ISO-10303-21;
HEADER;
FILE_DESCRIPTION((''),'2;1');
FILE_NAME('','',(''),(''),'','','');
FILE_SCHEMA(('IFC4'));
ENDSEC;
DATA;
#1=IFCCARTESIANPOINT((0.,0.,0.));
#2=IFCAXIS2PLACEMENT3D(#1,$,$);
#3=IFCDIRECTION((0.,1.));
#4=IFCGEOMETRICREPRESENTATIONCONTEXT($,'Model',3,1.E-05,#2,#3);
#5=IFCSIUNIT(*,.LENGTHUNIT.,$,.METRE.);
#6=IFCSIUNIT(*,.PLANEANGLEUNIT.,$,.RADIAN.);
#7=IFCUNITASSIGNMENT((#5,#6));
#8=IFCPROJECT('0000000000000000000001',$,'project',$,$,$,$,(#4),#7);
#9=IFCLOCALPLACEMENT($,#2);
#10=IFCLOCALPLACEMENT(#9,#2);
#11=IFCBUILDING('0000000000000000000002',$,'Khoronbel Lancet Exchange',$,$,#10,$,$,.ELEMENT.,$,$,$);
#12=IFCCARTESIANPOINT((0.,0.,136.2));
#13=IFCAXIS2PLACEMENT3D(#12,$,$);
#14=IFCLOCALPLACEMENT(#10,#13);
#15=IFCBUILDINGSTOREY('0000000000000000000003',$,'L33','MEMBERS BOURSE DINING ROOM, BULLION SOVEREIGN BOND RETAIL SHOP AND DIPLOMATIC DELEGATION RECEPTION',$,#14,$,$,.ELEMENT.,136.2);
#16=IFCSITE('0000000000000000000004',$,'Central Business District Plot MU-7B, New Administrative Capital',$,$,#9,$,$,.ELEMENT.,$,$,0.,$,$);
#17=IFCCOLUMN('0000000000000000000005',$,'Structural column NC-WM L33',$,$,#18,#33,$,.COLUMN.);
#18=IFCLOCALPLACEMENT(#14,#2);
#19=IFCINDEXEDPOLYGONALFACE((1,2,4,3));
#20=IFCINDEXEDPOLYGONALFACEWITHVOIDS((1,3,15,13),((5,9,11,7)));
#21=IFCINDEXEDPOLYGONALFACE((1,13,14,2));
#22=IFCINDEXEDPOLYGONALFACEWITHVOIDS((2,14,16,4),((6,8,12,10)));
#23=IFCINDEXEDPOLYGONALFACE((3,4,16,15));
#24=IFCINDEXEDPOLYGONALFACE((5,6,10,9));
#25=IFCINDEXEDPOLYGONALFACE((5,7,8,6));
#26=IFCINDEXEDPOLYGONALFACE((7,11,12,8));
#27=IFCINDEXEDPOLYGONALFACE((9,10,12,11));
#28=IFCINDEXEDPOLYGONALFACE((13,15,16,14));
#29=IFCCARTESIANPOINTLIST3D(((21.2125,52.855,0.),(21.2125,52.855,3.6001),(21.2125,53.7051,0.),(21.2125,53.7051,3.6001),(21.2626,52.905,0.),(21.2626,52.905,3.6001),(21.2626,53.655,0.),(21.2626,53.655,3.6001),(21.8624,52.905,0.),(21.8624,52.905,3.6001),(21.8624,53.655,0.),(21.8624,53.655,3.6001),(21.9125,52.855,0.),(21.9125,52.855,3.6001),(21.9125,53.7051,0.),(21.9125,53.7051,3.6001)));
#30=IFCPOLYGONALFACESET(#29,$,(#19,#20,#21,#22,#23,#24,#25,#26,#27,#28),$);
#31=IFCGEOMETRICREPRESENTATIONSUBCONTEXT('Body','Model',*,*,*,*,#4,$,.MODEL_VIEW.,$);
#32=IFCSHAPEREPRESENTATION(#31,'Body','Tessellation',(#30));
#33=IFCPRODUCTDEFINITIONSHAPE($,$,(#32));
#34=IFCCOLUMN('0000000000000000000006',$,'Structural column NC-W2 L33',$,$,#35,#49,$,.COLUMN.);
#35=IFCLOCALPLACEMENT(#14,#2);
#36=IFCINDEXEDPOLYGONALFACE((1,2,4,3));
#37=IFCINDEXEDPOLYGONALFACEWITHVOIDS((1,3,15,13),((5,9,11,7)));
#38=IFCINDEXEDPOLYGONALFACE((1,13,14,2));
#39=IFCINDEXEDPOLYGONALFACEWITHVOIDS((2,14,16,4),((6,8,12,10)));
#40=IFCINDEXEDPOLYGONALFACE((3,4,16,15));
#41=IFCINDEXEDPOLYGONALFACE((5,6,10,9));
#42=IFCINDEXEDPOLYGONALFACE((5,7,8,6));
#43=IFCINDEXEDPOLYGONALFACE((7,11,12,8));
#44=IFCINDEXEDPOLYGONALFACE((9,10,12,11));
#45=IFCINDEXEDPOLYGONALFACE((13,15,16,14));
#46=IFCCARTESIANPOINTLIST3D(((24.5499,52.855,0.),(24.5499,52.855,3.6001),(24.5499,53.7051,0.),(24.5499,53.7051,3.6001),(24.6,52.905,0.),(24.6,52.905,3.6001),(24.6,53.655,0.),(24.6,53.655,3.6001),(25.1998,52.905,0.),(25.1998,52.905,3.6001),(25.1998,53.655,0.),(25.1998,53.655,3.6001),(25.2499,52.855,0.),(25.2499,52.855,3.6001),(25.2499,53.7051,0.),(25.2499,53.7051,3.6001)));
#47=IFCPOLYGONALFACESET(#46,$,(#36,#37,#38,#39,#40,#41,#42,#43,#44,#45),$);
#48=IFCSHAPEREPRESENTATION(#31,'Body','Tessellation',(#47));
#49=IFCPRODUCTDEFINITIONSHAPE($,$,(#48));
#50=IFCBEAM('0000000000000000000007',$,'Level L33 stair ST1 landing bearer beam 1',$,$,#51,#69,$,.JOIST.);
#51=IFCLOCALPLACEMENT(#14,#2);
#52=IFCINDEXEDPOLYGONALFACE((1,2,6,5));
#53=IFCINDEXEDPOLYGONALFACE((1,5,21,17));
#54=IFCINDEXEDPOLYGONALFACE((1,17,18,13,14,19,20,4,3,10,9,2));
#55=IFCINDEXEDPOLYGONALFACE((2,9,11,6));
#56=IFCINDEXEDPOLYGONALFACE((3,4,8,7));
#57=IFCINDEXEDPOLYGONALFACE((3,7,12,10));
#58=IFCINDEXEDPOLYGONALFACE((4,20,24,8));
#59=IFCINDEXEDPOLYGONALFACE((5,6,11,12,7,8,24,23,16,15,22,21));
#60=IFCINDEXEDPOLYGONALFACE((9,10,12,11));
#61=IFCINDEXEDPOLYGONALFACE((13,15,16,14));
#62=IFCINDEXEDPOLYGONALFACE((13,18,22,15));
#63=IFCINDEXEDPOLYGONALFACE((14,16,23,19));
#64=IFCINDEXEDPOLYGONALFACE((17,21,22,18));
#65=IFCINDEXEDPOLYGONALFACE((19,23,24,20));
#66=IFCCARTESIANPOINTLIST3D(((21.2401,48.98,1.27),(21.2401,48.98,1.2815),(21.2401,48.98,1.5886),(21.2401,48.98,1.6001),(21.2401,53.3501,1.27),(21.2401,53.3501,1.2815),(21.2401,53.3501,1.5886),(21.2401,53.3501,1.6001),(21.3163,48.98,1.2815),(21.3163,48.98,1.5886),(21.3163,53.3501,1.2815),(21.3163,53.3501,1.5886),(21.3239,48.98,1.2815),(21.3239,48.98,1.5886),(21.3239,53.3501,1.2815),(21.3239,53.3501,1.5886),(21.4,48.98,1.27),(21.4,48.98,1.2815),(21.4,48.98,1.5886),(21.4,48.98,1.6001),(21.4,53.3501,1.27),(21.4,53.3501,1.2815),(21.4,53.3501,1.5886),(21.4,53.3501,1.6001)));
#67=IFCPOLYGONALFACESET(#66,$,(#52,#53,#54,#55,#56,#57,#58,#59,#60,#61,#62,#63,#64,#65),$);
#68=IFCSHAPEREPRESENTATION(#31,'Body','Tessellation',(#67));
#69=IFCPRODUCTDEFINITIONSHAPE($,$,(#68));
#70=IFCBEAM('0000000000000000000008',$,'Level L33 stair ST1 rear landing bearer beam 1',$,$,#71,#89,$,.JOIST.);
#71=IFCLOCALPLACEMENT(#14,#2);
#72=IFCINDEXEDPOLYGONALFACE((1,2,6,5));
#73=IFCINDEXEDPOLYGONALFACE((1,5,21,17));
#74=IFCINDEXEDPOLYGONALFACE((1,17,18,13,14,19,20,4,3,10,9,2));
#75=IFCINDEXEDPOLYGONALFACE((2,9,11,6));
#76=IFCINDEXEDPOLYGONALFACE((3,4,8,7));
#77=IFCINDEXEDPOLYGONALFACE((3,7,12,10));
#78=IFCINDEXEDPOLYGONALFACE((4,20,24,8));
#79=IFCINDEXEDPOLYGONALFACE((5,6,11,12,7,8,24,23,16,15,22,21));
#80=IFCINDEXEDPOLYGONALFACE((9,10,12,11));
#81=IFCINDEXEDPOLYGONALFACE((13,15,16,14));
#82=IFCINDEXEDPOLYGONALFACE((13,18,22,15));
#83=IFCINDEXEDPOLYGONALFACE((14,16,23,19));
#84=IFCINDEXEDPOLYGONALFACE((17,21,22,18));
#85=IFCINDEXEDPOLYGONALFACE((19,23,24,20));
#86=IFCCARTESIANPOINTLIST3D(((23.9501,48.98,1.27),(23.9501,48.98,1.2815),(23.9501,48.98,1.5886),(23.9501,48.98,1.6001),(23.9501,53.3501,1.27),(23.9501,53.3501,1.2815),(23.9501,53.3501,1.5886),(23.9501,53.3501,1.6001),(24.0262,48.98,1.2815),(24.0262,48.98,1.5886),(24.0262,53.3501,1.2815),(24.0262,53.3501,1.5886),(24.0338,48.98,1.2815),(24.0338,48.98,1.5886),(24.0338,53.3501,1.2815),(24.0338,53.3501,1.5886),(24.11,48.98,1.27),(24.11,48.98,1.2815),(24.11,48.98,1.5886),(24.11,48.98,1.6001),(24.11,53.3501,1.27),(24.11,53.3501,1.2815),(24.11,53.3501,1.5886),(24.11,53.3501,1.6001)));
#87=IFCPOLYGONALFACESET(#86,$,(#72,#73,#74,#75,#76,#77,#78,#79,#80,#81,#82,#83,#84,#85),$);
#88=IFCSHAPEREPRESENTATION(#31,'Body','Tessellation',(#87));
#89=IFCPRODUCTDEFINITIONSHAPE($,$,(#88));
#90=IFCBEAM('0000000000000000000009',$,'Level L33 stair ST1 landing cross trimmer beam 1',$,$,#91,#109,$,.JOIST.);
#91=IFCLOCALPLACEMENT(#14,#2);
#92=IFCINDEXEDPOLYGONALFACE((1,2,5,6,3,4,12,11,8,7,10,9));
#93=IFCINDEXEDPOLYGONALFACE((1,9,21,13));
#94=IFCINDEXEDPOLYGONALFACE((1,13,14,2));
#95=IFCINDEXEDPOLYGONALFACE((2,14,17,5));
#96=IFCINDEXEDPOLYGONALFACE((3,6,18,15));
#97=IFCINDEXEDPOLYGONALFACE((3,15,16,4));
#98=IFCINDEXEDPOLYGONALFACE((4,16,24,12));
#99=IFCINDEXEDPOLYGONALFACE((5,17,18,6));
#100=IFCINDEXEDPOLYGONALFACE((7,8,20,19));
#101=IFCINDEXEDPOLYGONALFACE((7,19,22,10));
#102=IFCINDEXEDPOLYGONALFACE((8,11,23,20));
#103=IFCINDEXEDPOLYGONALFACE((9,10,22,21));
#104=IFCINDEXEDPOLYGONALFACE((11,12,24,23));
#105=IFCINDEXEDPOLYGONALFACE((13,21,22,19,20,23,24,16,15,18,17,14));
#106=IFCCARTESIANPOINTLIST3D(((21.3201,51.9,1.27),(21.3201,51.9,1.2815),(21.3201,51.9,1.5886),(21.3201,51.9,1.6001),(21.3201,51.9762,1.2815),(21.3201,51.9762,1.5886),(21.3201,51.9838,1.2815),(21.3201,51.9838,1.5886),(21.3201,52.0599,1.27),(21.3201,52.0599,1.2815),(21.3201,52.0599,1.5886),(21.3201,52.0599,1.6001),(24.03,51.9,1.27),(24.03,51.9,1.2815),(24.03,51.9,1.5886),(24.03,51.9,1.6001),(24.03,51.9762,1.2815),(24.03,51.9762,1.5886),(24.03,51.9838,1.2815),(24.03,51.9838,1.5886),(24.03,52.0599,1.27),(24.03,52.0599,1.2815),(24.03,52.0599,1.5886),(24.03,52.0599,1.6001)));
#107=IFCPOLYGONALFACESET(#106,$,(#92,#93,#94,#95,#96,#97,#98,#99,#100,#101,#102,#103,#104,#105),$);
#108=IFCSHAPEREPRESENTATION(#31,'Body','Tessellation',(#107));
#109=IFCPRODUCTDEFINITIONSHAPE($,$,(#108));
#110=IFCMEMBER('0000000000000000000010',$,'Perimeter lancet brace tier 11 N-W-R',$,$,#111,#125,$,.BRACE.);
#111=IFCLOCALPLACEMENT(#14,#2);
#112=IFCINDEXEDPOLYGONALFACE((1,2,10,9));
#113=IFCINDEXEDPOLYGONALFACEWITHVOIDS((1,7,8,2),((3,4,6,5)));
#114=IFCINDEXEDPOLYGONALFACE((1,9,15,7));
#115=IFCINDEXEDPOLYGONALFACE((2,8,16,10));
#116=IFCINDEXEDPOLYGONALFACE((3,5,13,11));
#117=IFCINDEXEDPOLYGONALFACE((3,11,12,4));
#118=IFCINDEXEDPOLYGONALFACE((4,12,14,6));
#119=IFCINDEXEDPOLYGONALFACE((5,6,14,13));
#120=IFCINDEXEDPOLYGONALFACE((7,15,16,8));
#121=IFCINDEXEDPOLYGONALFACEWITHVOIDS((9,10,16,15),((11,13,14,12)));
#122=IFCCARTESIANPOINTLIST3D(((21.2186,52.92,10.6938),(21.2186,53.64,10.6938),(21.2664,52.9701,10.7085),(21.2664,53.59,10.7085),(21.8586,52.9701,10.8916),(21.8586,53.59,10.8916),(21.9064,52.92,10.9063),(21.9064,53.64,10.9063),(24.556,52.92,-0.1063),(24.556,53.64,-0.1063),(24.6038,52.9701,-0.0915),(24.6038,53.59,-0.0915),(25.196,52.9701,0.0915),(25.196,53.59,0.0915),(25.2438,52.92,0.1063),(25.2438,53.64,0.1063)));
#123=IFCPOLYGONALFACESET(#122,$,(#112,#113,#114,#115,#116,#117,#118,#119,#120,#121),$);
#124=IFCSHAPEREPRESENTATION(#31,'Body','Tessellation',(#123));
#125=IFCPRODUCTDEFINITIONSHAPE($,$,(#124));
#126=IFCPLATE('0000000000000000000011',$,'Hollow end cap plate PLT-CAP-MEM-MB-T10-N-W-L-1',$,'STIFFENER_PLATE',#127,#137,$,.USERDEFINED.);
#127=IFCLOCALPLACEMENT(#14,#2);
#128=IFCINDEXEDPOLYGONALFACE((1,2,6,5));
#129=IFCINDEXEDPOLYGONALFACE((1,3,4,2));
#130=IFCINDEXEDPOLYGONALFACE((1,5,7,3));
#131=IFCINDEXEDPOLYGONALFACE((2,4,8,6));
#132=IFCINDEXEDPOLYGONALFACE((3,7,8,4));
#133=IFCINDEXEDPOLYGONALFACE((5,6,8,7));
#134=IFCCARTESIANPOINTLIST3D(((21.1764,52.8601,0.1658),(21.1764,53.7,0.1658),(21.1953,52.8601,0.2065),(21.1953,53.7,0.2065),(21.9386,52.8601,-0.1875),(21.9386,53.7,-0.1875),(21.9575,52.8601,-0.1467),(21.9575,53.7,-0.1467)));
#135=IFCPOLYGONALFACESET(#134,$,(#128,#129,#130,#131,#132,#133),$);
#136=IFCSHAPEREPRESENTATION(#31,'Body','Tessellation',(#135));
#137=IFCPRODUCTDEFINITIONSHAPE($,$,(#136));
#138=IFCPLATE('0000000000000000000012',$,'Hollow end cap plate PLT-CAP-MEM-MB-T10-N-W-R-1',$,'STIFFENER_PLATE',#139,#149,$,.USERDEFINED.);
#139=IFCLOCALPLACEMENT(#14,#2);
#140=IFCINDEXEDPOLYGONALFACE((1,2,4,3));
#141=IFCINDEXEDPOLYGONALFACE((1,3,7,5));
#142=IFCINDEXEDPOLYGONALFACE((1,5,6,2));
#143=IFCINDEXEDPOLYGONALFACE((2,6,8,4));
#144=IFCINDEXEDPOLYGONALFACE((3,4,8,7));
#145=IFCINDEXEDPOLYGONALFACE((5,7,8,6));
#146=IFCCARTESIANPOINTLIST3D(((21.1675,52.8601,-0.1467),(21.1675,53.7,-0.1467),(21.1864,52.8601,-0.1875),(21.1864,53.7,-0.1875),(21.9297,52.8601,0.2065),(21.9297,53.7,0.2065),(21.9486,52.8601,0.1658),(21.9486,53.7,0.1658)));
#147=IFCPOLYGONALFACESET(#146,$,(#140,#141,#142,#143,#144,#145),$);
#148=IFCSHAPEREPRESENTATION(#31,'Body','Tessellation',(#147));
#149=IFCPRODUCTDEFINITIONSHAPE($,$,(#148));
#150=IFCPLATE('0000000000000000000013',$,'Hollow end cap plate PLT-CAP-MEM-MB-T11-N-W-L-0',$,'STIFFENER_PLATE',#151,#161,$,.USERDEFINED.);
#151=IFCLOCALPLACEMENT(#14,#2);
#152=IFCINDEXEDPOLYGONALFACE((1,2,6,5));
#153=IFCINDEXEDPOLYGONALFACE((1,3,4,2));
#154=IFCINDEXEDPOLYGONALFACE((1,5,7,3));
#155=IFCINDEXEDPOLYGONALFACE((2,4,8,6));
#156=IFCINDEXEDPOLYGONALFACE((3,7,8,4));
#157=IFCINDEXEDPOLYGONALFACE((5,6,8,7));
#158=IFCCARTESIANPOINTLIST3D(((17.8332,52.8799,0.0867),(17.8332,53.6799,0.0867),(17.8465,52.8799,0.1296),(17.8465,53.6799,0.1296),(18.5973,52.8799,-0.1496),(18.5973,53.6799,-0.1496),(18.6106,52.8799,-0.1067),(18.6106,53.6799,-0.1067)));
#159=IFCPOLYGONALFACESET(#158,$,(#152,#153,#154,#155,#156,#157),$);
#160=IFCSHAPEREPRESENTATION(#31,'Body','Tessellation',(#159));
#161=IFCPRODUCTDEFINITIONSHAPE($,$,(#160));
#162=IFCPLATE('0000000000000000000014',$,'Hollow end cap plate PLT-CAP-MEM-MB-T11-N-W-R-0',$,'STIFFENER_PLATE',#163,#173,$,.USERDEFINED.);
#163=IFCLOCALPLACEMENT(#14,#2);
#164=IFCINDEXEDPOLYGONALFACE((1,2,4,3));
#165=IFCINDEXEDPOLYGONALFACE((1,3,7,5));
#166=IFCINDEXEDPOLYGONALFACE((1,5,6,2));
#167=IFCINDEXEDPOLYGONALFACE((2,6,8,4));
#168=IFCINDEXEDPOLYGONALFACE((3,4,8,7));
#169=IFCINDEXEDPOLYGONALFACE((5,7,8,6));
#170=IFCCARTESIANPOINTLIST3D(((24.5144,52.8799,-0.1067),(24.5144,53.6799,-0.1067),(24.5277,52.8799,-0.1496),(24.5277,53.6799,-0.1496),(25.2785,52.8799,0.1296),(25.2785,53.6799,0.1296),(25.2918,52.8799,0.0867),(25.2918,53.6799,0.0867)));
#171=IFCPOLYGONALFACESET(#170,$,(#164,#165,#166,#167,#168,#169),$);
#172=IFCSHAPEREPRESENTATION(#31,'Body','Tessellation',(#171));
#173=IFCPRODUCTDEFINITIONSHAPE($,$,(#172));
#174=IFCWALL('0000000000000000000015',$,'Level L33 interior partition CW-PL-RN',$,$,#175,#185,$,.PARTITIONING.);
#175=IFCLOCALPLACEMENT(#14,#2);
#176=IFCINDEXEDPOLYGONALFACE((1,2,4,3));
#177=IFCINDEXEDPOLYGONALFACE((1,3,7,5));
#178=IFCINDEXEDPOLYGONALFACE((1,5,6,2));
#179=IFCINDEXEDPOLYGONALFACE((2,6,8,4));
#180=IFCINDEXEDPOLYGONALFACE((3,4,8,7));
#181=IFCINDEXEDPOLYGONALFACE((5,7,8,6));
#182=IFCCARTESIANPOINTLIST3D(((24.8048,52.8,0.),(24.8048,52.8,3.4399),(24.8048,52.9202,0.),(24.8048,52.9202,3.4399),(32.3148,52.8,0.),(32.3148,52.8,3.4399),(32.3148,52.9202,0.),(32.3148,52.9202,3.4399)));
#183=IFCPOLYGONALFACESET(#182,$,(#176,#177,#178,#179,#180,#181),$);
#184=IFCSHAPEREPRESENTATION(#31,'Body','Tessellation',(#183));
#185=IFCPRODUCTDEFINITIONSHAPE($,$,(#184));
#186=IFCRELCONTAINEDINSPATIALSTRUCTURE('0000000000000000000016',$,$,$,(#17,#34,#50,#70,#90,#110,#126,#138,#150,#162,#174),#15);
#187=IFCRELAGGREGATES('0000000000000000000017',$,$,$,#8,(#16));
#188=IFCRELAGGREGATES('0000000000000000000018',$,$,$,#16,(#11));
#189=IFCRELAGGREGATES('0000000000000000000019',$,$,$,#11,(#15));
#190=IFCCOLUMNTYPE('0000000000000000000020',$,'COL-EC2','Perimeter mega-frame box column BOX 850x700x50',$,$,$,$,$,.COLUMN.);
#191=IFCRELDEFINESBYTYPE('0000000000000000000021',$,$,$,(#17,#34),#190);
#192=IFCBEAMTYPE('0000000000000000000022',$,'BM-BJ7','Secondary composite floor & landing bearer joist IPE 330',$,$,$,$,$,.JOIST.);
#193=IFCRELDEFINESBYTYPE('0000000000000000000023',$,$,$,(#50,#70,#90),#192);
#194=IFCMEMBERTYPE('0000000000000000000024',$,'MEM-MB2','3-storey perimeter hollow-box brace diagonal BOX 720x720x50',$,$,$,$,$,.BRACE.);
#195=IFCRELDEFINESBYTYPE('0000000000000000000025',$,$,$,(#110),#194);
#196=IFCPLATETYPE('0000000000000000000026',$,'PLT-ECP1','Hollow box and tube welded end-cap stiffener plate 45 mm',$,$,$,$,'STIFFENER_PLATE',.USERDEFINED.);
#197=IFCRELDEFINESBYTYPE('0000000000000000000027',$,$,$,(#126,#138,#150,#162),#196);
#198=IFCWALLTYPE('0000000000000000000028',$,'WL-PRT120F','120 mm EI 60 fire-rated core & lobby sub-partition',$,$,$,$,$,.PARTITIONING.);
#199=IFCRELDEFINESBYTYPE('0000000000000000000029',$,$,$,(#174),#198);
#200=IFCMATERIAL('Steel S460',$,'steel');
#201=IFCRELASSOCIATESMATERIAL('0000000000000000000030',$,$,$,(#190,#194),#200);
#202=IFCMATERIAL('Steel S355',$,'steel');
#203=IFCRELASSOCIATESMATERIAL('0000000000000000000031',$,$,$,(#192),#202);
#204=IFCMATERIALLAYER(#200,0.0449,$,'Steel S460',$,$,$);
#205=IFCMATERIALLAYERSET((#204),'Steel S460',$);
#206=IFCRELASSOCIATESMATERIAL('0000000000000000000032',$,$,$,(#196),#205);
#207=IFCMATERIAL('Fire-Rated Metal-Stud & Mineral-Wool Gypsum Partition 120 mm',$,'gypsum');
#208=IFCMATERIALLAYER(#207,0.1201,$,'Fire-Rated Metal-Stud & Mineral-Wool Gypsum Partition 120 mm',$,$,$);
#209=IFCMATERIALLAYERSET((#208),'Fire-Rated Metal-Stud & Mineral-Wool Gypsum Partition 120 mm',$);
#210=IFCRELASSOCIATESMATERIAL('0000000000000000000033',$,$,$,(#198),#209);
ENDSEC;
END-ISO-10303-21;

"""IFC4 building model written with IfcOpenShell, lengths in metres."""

from ifc_helpers import new_model, si_unit, direction, frame, frame_2d, origin, origin_2d, place, context, subcontext, project, spatial, polyline, rectangle, hollow_rectangle, i_section, outline, extrude, material, layer, layer_set, material_profile, profile_set, type_object, element, save


model = new_model("IFC4")

# Units and contexts
model_context = context("Model", 3, precision=1e-05, world=origin(), true_north=direction((0.0, 1.0)))
body_context = subcontext(model_context, "Body", "Model", "MODEL_VIEW")
ifc_project = project(units=[si_unit("LENGTHUNIT", "METRE"), si_unit("PLANEANGLEUNIT", "RADIAN")], contexts=[model_context])

# Site, building, storey
site_placement = place(None, origin())
site = spatial("IfcSite", under=ifc_project, at=site_placement, Name="Central Business District Plot MU-7B, New Administrative Capital", CompositionType="ELEMENT", RefElevation=0.0)
building_placement = place(site_placement, origin())
building = spatial("IfcBuilding", under=site, at=building_placement, Name="Khoronbel Lancet Exchange", CompositionType="ELEMENT")
storey_placement = place(building_placement, frame((0.0, 0.0, 136.2)))
storey = spatial("IfcBuildingStorey", under=building, at=storey_placement, Name="L33", Description="MEMBERS BOURSE DINING ROOM, BULLION SOVEREIGN BOND RETAIL SHOP AND DIPLOMATIC DELEGATION RECEPTION", CompositionType="ELEMENT", Elevation=136.2)

# Columns
ifc_material_1 = material(Name="Steel S460", Category="steel")
ifc_material_profile_1 = material_profile(ifc_material_1, hollow_rectangle(XDim=0.7, YDim=0.8501, WallThickness=0.05, at=origin_2d()), Name="BOX 850x700x50")
ifc_profile_set_1 = profile_set([ifc_material_profile_1], Name="Steel S460")
column_type = type_object("IfcColumnType", Name="COL-EC2", Description="Perimeter mega-frame box column BOX 850x700x50", PredefinedType="COLUMN", material=ifc_profile_set_1)
for number, where, z_axis, x_axis, name in (
    (1, (21.5625, 53.28, 0.0), (0.0, 0.0, 1.0), (1.0, 0.0, 0.0), "Structural column NC-WM L33"),
    (2, (24.8999, 53.28, 0.0), (0.0, 0.0, 1.0), (1.0, 0.0, 0.0), "Structural column NC-W2 L33"),
):
    element("IfcColumn", number, at=place(storey_placement, frame(where, z_axis=z_axis, x_axis=x_axis)), inside=storey, type_object=column_type, Name=name, PredefinedType="COLUMN", context=body_context, shape_type="SweptSolid", body=[
        extrude(hollow_rectangle(XDim=0.7, YDim=0.8501, WallThickness=0.05, at=origin_2d()), origin(), (0.0, 0.0, 1.0), 3.6001),
    ])

# Beams
ifc_material_2 = material(Name="Steel S355", Category="steel")
ifc_material_profile_2 = material_profile(ifc_material_2, i_section(OverallWidth=0.1599, OverallDepth=0.3301, WebThickness=0.0076, FlangeThickness=0.0115, at=origin_2d()), Name="IPE 330")
ifc_profile_set_2 = profile_set([ifc_material_profile_2], Name="Steel S355")
beam_type = type_object("IfcBeamType", Name="BM-BJ7", Description="Secondary composite floor & landing bearer joist IPE 330", PredefinedType="JOIST", material=ifc_profile_set_2)
for number, where, z_axis, x_axis, name in (
    (3, (21.3201, 48.98, 1.4351), (0.0, 1.0, 0.0), (-1.0, 0.0, 0.0), "Level L33 stair ST1 landing bearer beam 1"),
    (4, (24.03, 48.98, 1.4351), (0.0, 1.0, 0.0), (-1.0, 0.0, 0.0), "Level L33 stair ST1 rear landing bearer beam 1"),
):
    element("IfcBeam", number, at=place(storey_placement, frame(where, z_axis=z_axis, x_axis=x_axis)), inside=storey, type_object=beam_type, Name=name, PredefinedType="JOIST", context=body_context, shape_type="SweptSolid", body=[
        extrude(i_section(OverallWidth=0.1599, OverallDepth=0.3301, WebThickness=0.0076, FlangeThickness=0.0115, at=origin_2d()), origin(), (0.0, 0.0, 1.0), 4.3701),
    ])
beam_placement = place(storey_placement, frame((21.3201, 51.98, 1.4351), z_axis=(1.0, 0.0, 0.0), x_axis=(0.0, 1.0, 0.0)))
element("IfcBeam", 5, at=beam_placement, inside=storey, type_object=beam_type, Name="Level L33 stair ST1 landing cross trimmer beam 1", PredefinedType="JOIST", context=body_context, shape_type="SweptSolid", body=[
    extrude(i_section(OverallWidth=0.1599, OverallDepth=0.3301, WebThickness=0.0076, FlangeThickness=0.0115, at=origin_2d()), origin(), (0.0, 0.0, 1.0), 2.71),
])

# Member
ifc_material_profile_3 = material_profile(ifc_material_1, hollow_rectangle(XDim=0.72, YDim=0.72, WallThickness=0.05, at=origin_2d()), Name="BOX 720x720x50")
ifc_profile_set_3 = profile_set([ifc_material_profile_3], Name="Steel S460")
member_type = type_object("IfcMemberType", Name="MEM-MB2", Description="3-storey perimeter hollow-box brace diagonal BOX 720x720x50", PredefinedType="BRACE", material=ifc_profile_set_3)
member_placement = place(storey_placement, frame((24.8999, 53.28, 0.0), z_axis=(-0.295242, 0.0, 0.955422), x_axis=(0.0, -1.0, 0.0)))
element("IfcMember", 6, at=member_placement, inside=storey, type_object=member_type, Name="Perimeter lancet brace tier 11 N-W-R", PredefinedType="BRACE", context=body_context, shape_type="SweptSolid", body=[
    extrude(hollow_rectangle(XDim=0.72, YDim=0.72, WallThickness=0.05, at=origin_2d()), origin(), (0.0, 0.0, 1.0), 11.304),
])

# Plates
ifc_layer_1 = layer(ifc_material_1, 0.0449, Name="Steel S460")
ifc_layer_set_1 = layer_set([ifc_layer_1], Name="Steel S460")
plate_type = type_object("IfcPlateType", Name="PLT-ECP1", Description="Hollow box and tube welded end-cap stiffener plate 45 mm", ElementType="STIFFENER_PLATE", PredefinedType="USERDEFINED", material=ifc_layer_set_1)
for number, where, z_axis, x_axis, name in (
    (7, (21.9575, 52.8601, -0.1467), (0.420514, 0.0, 0.907286), (0.0, 1.0, 0.0), "Hollow end cap plate PLT-CAP-MEM-MB-T10-N-W-L-1"),
    (8, (21.1675, 53.7, -0.1467), (-0.420514, 0.0, 0.907286), (0.0, -1.0, 0.0), "Hollow end cap plate PLT-CAP-MEM-MB-T10-N-W-R-1"),
):
    element("IfcPlate", number, at=place(storey_placement, frame(where, z_axis=z_axis, x_axis=x_axis)), inside=storey, type_object=plate_type, Name=name, ObjectType="STIFFENER_PLATE", PredefinedType="USERDEFINED", context=body_context, shape_type="SweptSolid", body=[
        extrude(outline(polyline([(0.0, 0.0), (0.8398, 0.0), (0.8398, 0.8401), (0.0, 0.8401), (0.0, 0.0)])), origin(), (0.0, 0.0, -1.0), 0.0449),
    ])
for number, where, z_axis, x_axis, name in (
    (9, (18.6106, 52.8799, -0.1067), (0.295458, 0.0, 0.955356), (0.0, 1.0, 0.0), "Hollow end cap plate PLT-CAP-MEM-MB-T11-N-W-L-0"),
    (10, (24.5144, 53.6799, -0.1067), (-0.295458, 0.0, 0.955356), (0.0, -1.0, 0.0), "Hollow end cap plate PLT-CAP-MEM-MB-T11-N-W-R-0"),
):
    element("IfcPlate", number, at=place(storey_placement, frame(where, z_axis=z_axis, x_axis=x_axis)), inside=storey, type_object=plate_type, Name=name, ObjectType="STIFFENER_PLATE", PredefinedType="USERDEFINED", context=body_context, shape_type="SweptSolid", body=[
        extrude(outline(polyline([(0.0, 0.0), (0.8, 0.0), (0.8, 0.7998), (0.0, 0.7998), (0.0, 0.0)])), origin(), (0.0, 0.0, -1.0), 0.0449),
    ])

# Wall
ifc_material_3 = material(Name="Fire-Rated Metal-Stud & Mineral-Wool Gypsum Partition 120 mm", Category="gypsum")
ifc_layer_2 = layer(ifc_material_3, 0.1201, Name="Fire-Rated Metal-Stud & Mineral-Wool Gypsum Partition 120 mm")
ifc_layer_set_2 = layer_set([ifc_layer_2], Name="Fire-Rated Metal-Stud & Mineral-Wool Gypsum Partition 120 mm")
wall_type_1 = type_object("IfcWallType", Name="WL-PRT120F", Description="120 mm EI 60 fire-rated core & lobby sub-partition", PredefinedType="PARTITIONING", material=ifc_layer_set_2)
wall_1_placement = place(storey_placement, frame((24.8049, 52.8601, 0.0), z_axis=(0.0, 0.0, 1.0), x_axis=(1.0, 0.0, 0.0)))
element("IfcWall", 11, at=wall_1_placement, inside=storey, type_object=wall_type_1, Name="Level L33 interior partition CW-PL-RN", PredefinedType="PARTITIONING", context=body_context, shape_type="SweptSolid", body=[
    extrude(rectangle(XDim=7.51, YDim=0.1201, at=frame_2d((3.7549, 0.0))), origin(), (0.0, 0.0, 1.0), 3.4399),
])

save(model, "model.ifc")
